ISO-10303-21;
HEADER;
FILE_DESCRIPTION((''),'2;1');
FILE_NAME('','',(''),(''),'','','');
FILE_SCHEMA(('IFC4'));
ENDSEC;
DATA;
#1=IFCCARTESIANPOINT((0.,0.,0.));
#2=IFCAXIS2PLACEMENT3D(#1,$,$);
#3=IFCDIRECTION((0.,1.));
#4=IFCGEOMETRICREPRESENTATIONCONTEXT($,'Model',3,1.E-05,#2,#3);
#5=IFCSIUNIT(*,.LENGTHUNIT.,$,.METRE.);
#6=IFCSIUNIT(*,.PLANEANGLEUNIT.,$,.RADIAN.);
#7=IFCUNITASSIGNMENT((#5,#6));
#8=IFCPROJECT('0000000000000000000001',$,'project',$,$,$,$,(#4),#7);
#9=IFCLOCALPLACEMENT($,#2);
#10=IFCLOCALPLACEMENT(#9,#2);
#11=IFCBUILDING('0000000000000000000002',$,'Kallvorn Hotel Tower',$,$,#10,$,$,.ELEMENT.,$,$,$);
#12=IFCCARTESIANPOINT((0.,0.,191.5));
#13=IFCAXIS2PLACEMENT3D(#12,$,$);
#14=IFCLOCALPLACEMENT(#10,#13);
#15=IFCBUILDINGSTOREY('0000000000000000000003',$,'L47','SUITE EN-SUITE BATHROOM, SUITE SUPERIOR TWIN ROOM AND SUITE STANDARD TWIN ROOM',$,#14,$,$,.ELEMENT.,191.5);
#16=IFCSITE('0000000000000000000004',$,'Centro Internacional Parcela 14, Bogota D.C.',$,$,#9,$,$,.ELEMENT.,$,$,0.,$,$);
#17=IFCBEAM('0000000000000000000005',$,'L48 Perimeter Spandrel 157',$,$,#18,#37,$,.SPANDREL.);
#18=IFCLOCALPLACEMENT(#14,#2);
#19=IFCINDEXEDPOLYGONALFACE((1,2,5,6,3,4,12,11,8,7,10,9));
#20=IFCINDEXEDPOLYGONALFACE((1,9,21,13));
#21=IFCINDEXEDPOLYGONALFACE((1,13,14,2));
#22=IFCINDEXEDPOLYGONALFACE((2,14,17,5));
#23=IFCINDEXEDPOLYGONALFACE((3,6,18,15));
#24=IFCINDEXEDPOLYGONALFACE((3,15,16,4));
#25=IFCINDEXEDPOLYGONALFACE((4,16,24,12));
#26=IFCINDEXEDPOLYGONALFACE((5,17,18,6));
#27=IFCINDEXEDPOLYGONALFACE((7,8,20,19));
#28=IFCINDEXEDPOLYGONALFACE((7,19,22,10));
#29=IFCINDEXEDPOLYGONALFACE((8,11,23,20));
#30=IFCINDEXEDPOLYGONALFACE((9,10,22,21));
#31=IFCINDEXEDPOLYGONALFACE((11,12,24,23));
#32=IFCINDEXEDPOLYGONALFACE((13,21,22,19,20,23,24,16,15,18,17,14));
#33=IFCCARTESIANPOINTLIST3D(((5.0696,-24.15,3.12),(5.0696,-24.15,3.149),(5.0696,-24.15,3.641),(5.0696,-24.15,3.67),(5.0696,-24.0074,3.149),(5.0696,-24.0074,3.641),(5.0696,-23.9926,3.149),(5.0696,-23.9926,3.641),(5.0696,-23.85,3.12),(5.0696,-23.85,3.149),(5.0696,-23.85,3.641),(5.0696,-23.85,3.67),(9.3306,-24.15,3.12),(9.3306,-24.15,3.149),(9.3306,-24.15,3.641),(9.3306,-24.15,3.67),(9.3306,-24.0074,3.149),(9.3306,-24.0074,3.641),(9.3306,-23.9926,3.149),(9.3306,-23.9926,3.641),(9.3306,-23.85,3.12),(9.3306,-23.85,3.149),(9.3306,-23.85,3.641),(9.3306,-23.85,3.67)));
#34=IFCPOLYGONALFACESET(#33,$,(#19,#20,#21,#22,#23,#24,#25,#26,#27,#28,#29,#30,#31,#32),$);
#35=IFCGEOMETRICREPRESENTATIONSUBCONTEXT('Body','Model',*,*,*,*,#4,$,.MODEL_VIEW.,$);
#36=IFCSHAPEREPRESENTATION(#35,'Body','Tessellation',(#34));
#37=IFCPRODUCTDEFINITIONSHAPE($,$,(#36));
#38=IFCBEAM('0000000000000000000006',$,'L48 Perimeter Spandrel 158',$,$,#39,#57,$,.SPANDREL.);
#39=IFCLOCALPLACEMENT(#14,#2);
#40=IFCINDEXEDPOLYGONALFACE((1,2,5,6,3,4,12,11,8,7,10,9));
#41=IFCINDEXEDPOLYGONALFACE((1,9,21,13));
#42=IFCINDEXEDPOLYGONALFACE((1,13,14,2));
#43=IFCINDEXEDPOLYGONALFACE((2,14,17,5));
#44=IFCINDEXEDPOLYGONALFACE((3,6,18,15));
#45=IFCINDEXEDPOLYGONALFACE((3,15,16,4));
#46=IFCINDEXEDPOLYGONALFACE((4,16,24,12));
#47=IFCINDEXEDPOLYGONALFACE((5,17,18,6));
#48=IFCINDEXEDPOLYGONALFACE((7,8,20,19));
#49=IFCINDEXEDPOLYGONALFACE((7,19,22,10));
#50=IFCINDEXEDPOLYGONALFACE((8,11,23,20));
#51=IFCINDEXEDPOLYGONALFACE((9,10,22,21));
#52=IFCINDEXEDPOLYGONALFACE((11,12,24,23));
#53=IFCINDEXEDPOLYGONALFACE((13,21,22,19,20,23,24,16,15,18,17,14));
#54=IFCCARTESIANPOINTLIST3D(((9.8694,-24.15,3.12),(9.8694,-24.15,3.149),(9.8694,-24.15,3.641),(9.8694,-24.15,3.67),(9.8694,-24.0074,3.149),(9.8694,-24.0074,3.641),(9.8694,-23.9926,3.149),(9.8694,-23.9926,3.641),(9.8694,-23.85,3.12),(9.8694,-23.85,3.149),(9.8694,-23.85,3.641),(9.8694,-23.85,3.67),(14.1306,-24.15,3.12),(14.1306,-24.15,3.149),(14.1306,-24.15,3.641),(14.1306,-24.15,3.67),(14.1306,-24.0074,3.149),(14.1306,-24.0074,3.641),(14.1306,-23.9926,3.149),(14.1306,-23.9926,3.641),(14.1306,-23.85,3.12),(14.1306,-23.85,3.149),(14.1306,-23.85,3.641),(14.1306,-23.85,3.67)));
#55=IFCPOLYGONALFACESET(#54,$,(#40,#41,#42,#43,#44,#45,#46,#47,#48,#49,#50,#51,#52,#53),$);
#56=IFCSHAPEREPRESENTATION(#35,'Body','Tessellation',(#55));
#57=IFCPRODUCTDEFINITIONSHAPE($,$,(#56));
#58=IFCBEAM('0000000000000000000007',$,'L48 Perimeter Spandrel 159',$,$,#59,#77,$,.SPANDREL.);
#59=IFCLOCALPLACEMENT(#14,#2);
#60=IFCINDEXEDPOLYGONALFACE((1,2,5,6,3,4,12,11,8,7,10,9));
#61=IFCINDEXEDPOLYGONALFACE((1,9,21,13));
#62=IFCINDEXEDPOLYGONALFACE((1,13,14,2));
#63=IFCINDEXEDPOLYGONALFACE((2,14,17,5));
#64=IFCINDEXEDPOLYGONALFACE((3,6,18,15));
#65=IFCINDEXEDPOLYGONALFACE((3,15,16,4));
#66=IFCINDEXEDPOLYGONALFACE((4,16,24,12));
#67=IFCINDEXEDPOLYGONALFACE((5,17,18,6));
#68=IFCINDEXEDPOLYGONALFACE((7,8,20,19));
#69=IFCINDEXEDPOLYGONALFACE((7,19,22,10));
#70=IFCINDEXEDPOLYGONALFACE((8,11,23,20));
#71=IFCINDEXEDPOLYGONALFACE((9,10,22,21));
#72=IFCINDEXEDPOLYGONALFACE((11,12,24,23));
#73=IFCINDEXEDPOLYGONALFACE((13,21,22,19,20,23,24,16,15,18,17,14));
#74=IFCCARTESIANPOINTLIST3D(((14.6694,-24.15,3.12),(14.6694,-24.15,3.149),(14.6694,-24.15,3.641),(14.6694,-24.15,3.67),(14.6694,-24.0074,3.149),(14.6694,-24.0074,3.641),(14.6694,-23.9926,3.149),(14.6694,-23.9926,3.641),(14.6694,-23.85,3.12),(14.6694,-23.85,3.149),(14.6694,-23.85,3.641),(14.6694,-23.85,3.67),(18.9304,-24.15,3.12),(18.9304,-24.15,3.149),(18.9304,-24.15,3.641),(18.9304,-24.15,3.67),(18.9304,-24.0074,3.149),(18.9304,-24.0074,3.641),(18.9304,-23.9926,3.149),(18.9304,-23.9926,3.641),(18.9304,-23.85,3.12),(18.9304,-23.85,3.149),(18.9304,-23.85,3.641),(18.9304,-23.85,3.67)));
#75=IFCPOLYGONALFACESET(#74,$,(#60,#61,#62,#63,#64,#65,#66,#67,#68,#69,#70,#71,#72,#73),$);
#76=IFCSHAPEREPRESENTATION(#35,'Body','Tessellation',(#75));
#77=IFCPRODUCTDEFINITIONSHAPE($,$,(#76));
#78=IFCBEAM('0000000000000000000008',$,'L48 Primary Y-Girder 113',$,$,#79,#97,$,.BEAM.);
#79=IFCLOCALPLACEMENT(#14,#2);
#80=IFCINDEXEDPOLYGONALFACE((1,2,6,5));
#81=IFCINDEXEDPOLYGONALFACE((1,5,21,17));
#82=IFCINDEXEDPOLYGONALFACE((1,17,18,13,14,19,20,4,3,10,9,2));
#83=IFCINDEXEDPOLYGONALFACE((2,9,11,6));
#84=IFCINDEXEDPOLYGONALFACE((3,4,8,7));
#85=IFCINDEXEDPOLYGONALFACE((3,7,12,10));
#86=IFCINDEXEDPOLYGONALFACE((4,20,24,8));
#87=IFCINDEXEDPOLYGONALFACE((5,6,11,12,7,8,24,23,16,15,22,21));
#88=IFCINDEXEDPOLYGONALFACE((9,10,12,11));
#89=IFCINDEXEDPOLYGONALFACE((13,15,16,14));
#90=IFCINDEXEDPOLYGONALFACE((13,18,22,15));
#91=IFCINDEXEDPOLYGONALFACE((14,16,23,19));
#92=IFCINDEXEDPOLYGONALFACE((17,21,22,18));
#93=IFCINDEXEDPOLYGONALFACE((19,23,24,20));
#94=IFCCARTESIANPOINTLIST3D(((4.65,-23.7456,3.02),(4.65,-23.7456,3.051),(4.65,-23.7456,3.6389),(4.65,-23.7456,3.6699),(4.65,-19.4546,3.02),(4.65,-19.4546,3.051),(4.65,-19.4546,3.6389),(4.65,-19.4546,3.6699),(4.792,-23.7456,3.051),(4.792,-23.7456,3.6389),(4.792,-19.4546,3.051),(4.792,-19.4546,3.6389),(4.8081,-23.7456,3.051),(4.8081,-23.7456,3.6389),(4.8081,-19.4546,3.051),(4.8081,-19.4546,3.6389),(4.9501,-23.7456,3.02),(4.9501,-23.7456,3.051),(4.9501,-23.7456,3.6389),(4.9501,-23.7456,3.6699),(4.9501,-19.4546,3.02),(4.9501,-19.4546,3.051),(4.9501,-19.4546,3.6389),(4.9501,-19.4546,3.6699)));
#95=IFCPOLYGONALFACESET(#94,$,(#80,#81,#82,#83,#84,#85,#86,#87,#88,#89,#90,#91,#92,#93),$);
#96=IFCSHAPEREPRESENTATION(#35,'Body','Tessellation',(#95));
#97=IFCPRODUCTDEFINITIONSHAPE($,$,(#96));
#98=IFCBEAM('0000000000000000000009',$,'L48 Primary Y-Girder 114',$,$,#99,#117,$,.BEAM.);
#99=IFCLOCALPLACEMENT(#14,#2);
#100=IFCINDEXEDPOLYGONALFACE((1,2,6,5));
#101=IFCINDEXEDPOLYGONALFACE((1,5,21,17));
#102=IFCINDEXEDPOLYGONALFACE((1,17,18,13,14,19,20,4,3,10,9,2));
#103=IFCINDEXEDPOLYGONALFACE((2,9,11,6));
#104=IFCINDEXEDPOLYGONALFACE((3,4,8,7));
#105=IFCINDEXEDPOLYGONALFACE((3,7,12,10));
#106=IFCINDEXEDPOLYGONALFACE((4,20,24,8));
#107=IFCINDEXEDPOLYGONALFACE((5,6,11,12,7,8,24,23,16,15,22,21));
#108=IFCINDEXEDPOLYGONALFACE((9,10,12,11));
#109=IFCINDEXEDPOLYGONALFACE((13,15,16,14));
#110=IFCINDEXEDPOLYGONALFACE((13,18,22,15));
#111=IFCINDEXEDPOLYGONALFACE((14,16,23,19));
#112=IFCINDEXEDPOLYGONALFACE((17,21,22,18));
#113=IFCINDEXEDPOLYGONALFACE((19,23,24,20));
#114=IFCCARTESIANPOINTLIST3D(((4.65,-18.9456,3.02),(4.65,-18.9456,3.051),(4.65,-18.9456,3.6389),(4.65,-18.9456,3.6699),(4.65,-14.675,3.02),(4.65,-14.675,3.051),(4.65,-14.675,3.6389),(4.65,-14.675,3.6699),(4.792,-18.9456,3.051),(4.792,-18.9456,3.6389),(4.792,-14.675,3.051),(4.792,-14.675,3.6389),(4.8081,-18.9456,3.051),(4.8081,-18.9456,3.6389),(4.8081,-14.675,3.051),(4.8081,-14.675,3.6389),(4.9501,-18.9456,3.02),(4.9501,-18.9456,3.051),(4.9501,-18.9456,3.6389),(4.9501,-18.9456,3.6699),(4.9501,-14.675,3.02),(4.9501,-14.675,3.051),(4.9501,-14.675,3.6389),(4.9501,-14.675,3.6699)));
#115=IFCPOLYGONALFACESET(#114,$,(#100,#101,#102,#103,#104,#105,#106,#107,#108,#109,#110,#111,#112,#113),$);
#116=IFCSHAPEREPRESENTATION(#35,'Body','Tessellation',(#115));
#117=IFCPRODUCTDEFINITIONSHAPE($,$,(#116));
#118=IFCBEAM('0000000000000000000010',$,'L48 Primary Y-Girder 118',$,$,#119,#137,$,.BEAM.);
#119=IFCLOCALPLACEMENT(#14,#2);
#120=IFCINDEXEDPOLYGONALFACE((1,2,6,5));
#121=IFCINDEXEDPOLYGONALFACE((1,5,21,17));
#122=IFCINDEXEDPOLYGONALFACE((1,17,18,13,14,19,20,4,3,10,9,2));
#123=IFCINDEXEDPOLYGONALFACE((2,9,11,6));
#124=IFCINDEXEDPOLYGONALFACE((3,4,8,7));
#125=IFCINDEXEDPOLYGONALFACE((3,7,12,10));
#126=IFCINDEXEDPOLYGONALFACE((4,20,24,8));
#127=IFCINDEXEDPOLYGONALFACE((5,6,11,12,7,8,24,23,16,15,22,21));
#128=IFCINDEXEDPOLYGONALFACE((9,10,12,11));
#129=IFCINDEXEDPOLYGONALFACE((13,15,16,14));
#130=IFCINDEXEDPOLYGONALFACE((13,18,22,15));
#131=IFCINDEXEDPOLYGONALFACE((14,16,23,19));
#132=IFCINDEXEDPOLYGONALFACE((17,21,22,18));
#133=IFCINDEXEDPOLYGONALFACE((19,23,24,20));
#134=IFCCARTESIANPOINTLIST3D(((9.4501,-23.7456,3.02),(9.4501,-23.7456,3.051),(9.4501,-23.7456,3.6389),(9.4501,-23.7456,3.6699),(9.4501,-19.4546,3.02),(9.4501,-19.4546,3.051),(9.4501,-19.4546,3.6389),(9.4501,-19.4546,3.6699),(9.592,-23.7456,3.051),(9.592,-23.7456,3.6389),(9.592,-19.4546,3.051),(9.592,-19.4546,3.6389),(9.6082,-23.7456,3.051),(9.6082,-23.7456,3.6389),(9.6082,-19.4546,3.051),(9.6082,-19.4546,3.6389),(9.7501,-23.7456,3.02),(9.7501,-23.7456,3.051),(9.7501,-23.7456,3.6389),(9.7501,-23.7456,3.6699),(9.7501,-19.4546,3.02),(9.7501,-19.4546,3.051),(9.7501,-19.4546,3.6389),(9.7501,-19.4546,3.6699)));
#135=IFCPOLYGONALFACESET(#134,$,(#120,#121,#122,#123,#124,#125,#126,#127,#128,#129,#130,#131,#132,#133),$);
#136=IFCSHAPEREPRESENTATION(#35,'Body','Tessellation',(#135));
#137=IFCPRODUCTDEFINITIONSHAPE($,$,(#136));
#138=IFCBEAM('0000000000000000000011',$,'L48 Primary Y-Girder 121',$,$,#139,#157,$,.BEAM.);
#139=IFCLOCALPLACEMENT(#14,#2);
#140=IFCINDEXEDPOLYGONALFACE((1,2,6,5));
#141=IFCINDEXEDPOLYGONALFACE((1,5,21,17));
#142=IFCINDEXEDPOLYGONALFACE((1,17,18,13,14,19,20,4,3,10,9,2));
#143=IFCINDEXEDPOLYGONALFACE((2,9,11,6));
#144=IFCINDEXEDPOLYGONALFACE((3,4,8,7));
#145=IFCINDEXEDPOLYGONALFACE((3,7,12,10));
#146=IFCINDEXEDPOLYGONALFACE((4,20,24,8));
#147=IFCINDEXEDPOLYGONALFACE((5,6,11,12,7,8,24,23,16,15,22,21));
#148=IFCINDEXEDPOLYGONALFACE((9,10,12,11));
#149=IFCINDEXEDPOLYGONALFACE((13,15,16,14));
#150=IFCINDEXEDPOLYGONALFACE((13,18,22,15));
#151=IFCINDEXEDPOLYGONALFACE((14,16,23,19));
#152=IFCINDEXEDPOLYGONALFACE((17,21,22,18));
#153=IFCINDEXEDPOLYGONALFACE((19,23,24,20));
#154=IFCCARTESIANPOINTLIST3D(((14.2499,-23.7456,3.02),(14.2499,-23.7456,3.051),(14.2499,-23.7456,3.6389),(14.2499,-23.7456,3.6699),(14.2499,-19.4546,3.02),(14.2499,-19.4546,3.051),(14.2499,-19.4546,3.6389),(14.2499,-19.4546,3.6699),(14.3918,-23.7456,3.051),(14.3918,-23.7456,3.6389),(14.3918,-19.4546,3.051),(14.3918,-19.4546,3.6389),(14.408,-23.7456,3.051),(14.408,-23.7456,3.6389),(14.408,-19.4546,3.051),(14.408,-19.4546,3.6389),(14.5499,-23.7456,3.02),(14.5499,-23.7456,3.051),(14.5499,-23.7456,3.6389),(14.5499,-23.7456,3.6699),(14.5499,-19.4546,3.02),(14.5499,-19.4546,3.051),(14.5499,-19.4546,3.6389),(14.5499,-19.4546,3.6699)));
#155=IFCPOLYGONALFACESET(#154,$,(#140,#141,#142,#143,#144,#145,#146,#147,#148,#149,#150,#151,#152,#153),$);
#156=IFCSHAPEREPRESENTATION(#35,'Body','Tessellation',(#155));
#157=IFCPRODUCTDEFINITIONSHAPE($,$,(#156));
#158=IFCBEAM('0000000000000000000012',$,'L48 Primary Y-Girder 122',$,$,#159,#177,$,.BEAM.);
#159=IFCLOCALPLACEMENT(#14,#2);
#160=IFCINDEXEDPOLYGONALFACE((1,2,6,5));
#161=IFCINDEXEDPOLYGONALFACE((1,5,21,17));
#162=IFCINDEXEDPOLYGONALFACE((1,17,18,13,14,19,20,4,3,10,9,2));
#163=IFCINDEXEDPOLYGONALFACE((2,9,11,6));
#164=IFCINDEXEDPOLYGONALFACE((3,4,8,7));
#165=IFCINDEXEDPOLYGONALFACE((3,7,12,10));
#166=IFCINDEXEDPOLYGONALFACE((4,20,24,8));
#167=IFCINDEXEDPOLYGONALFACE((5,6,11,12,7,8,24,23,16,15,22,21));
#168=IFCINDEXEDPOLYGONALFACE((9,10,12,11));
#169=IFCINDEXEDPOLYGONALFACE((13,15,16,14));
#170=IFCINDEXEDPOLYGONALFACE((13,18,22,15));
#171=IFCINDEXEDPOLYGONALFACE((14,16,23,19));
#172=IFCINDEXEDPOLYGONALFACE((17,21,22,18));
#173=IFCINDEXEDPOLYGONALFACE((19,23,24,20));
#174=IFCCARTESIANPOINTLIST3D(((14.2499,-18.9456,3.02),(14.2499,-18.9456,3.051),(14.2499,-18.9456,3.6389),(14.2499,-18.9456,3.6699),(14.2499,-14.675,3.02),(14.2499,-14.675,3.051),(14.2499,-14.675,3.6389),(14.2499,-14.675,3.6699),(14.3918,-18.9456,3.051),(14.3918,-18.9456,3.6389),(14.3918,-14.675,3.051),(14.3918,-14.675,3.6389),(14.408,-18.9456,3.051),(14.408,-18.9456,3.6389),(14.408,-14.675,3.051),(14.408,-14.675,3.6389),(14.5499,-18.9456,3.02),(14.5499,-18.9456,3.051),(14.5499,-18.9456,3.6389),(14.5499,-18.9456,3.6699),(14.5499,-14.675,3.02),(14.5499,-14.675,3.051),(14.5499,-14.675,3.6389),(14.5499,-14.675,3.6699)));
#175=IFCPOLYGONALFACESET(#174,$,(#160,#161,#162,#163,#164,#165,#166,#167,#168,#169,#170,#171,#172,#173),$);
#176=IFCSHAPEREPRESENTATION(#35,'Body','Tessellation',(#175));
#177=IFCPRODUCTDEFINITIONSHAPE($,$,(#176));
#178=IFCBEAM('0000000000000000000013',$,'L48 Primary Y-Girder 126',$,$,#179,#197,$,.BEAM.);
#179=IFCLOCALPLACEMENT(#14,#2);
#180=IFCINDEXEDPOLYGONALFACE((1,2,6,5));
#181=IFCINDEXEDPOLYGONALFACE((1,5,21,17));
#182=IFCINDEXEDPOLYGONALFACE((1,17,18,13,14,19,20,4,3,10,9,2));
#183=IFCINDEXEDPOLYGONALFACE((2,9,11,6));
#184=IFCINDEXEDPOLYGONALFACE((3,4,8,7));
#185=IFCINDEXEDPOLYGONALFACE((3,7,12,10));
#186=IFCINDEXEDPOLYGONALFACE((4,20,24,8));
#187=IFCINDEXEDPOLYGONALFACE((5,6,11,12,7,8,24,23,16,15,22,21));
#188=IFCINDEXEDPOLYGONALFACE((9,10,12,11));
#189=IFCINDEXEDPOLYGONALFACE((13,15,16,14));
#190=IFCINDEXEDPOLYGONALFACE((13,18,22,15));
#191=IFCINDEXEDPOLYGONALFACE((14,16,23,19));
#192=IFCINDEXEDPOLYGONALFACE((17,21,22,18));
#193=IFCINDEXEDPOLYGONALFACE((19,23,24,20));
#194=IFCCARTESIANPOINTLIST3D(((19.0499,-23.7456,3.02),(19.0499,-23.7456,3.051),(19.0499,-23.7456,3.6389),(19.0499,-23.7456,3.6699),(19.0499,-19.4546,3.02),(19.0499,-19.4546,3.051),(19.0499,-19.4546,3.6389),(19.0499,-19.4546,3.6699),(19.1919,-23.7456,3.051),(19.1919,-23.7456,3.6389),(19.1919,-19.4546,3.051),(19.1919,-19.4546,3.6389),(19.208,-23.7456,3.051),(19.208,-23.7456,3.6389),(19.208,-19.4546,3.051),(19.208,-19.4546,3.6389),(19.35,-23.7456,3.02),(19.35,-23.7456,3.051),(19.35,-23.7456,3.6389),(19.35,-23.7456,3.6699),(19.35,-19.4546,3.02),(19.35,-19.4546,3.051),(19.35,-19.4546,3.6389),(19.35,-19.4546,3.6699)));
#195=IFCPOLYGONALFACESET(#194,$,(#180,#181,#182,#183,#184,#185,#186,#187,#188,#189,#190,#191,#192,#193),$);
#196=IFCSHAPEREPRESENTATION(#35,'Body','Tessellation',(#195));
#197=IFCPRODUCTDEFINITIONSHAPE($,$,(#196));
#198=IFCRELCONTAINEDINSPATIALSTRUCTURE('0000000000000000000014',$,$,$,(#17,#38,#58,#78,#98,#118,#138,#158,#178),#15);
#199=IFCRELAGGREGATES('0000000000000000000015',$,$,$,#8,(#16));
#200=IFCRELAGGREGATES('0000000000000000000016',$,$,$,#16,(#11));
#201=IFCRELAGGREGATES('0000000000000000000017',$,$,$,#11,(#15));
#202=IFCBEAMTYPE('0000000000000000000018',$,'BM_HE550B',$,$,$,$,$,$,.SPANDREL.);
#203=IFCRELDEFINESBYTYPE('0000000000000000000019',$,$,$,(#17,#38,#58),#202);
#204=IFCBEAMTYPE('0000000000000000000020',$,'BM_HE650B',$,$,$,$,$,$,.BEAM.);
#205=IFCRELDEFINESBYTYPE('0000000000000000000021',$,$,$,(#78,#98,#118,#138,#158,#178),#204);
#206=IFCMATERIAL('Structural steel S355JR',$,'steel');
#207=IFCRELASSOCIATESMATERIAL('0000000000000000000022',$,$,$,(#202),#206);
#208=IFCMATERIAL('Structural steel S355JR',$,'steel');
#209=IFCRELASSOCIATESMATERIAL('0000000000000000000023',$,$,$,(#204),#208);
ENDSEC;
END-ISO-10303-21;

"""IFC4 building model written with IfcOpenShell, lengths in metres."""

from ifc_helpers import new_model, si_unit, direction, frame, origin, origin_2d, place, context, subcontext, project, spatial, i_section, extrude, material, material_profile, profile_set, type_object, element, save


model = new_model("IFC4")

# Units and contexts
model_context = context("Model", 3, precision=1e-05, world=origin(), true_north=direction((0.0, 1.0)))
body_context = subcontext(model_context, "Body", "Model", "MODEL_VIEW")
ifc_project = project(units=[si_unit("LENGTHUNIT", "METRE"), si_unit("PLANEANGLEUNIT", "RADIAN")], contexts=[model_context])

# Site, building, storey
site_placement = place(None, origin())
site = spatial("IfcSite", under=ifc_project, at=site_placement, Name="Centro Internacional Parcela 14, Bogota D.C.", CompositionType="ELEMENT", RefElevation=0.0)
building_placement = place(site_placement, origin())
building = spatial("IfcBuilding", under=site, at=building_placement, Name="Kallvorn Hotel Tower", CompositionType="ELEMENT")
storey_placement = place(building_placement, frame((0.0, 0.0, 191.5)))
storey = spatial("IfcBuildingStorey", under=building, at=storey_placement, Name="L47", Description="SUITE EN-SUITE BATHROOM, SUITE SUPERIOR TWIN ROOM AND SUITE STANDARD TWIN ROOM", CompositionType="ELEMENT", Elevation=191.5)

# Beams
ifc_material_1 = material(Name="Structural steel S355JR", Category="steel")
ifc_material_profile_1 = material_profile(ifc_material_1, i_section(OverallWidth=0.3, OverallDepth=0.55, WebThickness=0.0149, FlangeThickness=0.0291, at=origin_2d()), Name="HE 550 B")
ifc_profile_set_1 = profile_set([ifc_material_profile_1], Name="Structural steel S355JR")
beam_type_1 = type_object("IfcBeamType", Name="BM_HE550B", PredefinedType="SPANDREL", material=ifc_profile_set_1)
for number, where, z_axis, x_axis, name in (
    (1, (5.0696, -24.0, 3.395), (1.0, 0.0, 0.0), (0.0, 1.0, 0.0), "L48 Perimeter Spandrel 157"),
):
    element("IfcBeam", number, at=place(storey_placement, frame(where, z_axis=z_axis, x_axis=x_axis)), inside=storey, type_object=beam_type_1, Name=name, PredefinedType="SPANDREL", context=body_context, shape_type="SweptSolid", body=[
        extrude(i_section(OverallWidth=0.3, OverallDepth=0.55, WebThickness=0.0149, FlangeThickness=0.0291, at=origin_2d()), origin(), (0.0, 0.0, 1.0), 4.261),
    ])
beam_1_placement = place(storey_placement, frame((9.8694, -24.0, 3.395), z_axis=(1.0, 0.0, 0.0), x_axis=(0.0, 1.0, 0.0)))
element("IfcBeam", 2, at=beam_1_placement, inside=storey, type_object=beam_type_1, Name="L48 Perimeter Spandrel 158", PredefinedType="SPANDREL", context=body_context, shape_type="SweptSolid", body=[
    extrude(i_section(OverallWidth=0.3, OverallDepth=0.55, WebThickness=0.0149, FlangeThickness=0.0291, at=origin_2d()), origin(), (0.0, 0.0, 1.0), 4.2612),
])
beam_2_placement = place(storey_placement, frame((14.6694, -24.0, 3.395), z_axis=(1.0, 0.0, 0.0), x_axis=(0.0, 1.0, 0.0)))
element("IfcBeam", 3, at=beam_2_placement, inside=storey, type_object=beam_type_1, Name="L48 Perimeter Spandrel 159", PredefinedType="SPANDREL", context=body_context, shape_type="SweptSolid", body=[
    extrude(i_section(OverallWidth=0.3, OverallDepth=0.55, WebThickness=0.0149, FlangeThickness=0.0291, at=origin_2d()), origin(), (0.0, 0.0, 1.0), 4.261),
])
ifc_material_2 = material(Name="Structural steel S355JR", Category="steel")
ifc_material_profile_2 = material_profile(ifc_material_2, i_section(OverallWidth=0.3, OverallDepth=0.6499, WebThickness=0.0161, FlangeThickness=0.031, at=origin_2d()), Name="HE 650 B")
ifc_profile_set_2 = profile_set([ifc_material_profile_2], Name="Structural steel S355JR")
beam_type_2 = type_object("IfcBeamType", Name="BM_HE650B", PredefinedType="BEAM", material=ifc_profile_set_2)
beam_3_placement = place(storey_placement, frame((4.8, -23.7456, 3.345), z_axis=(0.0, 1.0, 0.0), x_axis=(-1.0, 0.0, 0.0)))
element("IfcBeam", 4, at=beam_3_placement, inside=storey, type_object=beam_type_2, Name="L48 Primary Y-Girder 113", PredefinedType="BEAM", context=body_context, shape_type="SweptSolid", body=[
    extrude(i_section(OverallWidth=0.3, OverallDepth=0.6499, WebThickness=0.0161, FlangeThickness=0.031, at=origin_2d()), origin(), (0.0, 0.0, 1.0), 4.291),
])
beam_4_placement = place(storey_placement, frame((4.8, -18.9456, 3.345), z_axis=(0.0, 1.0, 0.0), x_axis=(-1.0, 0.0, 0.0)))
element("IfcBeam", 5, at=beam_4_placement, inside=storey, type_object=beam_type_2, Name="L48 Primary Y-Girder 114", PredefinedType="BEAM", context=body_context, shape_type="SweptSolid", body=[
    extrude(i_section(OverallWidth=0.3, OverallDepth=0.6499, WebThickness=0.0161, FlangeThickness=0.031, at=origin_2d()), origin(), (0.0, 0.0, 1.0), 4.2705),
])
for number, where, z_axis, x_axis, name in (
    (6, (9.6001, -23.7456, 3.345), (0.0, 1.0, 0.0), (-1.0, 0.0, 0.0), "L48 Primary Y-Girder 118"),
    (7, (14.3999, -23.7456, 3.345), (0.0, 1.0, 0.0), (-1.0, 0.0, 0.0), "L48 Primary Y-Girder 121"),
):
    element("IfcBeam", number, at=place(storey_placement, frame(where, z_axis=z_axis, x_axis=x_axis)), inside=storey, type_object=beam_type_2, Name=name, PredefinedType="BEAM", context=body_context, shape_type="SweptSolid", body=[
        extrude(i_section(OverallWidth=0.3, OverallDepth=0.6499, WebThickness=0.0161, FlangeThickness=0.031, at=origin_2d()), origin(), (0.0, 0.0, 1.0), 4.291),
    ])
beam_5_placement = place(storey_placement, frame((14.3999, -18.9456, 3.345), z_axis=(0.0, 1.0, 0.0), x_axis=(-1.0, 0.0, 0.0)))
element("IfcBeam", 8, at=beam_5_placement, inside=storey, type_object=beam_type_2, Name="L48 Primary Y-Girder 122", PredefinedType="BEAM", context=body_context, shape_type="SweptSolid", body=[
    extrude(i_section(OverallWidth=0.3, OverallDepth=0.6499, WebThickness=0.0161, FlangeThickness=0.031, at=origin_2d()), origin(), (0.0, 0.0, 1.0), 4.2705),
])
beam_6_placement = place(storey_placement, frame((19.2, -23.7456, 3.345), z_axis=(0.0, 1.0, 0.0), x_axis=(-1.0, 0.0, 0.0)))
element("IfcBeam", 9, at=beam_6_placement, inside=storey, type_object=beam_type_2, Name="L48 Primary Y-Girder 126", PredefinedType="BEAM", context=body_context, shape_type="SweptSolid", body=[
    extrude(i_section(OverallWidth=0.3, OverallDepth=0.6499, WebThickness=0.0161, FlangeThickness=0.031, at=origin_2d()), origin(), (0.0, 0.0, 1.0), 4.291),
])

save(model, "model.ifc")
